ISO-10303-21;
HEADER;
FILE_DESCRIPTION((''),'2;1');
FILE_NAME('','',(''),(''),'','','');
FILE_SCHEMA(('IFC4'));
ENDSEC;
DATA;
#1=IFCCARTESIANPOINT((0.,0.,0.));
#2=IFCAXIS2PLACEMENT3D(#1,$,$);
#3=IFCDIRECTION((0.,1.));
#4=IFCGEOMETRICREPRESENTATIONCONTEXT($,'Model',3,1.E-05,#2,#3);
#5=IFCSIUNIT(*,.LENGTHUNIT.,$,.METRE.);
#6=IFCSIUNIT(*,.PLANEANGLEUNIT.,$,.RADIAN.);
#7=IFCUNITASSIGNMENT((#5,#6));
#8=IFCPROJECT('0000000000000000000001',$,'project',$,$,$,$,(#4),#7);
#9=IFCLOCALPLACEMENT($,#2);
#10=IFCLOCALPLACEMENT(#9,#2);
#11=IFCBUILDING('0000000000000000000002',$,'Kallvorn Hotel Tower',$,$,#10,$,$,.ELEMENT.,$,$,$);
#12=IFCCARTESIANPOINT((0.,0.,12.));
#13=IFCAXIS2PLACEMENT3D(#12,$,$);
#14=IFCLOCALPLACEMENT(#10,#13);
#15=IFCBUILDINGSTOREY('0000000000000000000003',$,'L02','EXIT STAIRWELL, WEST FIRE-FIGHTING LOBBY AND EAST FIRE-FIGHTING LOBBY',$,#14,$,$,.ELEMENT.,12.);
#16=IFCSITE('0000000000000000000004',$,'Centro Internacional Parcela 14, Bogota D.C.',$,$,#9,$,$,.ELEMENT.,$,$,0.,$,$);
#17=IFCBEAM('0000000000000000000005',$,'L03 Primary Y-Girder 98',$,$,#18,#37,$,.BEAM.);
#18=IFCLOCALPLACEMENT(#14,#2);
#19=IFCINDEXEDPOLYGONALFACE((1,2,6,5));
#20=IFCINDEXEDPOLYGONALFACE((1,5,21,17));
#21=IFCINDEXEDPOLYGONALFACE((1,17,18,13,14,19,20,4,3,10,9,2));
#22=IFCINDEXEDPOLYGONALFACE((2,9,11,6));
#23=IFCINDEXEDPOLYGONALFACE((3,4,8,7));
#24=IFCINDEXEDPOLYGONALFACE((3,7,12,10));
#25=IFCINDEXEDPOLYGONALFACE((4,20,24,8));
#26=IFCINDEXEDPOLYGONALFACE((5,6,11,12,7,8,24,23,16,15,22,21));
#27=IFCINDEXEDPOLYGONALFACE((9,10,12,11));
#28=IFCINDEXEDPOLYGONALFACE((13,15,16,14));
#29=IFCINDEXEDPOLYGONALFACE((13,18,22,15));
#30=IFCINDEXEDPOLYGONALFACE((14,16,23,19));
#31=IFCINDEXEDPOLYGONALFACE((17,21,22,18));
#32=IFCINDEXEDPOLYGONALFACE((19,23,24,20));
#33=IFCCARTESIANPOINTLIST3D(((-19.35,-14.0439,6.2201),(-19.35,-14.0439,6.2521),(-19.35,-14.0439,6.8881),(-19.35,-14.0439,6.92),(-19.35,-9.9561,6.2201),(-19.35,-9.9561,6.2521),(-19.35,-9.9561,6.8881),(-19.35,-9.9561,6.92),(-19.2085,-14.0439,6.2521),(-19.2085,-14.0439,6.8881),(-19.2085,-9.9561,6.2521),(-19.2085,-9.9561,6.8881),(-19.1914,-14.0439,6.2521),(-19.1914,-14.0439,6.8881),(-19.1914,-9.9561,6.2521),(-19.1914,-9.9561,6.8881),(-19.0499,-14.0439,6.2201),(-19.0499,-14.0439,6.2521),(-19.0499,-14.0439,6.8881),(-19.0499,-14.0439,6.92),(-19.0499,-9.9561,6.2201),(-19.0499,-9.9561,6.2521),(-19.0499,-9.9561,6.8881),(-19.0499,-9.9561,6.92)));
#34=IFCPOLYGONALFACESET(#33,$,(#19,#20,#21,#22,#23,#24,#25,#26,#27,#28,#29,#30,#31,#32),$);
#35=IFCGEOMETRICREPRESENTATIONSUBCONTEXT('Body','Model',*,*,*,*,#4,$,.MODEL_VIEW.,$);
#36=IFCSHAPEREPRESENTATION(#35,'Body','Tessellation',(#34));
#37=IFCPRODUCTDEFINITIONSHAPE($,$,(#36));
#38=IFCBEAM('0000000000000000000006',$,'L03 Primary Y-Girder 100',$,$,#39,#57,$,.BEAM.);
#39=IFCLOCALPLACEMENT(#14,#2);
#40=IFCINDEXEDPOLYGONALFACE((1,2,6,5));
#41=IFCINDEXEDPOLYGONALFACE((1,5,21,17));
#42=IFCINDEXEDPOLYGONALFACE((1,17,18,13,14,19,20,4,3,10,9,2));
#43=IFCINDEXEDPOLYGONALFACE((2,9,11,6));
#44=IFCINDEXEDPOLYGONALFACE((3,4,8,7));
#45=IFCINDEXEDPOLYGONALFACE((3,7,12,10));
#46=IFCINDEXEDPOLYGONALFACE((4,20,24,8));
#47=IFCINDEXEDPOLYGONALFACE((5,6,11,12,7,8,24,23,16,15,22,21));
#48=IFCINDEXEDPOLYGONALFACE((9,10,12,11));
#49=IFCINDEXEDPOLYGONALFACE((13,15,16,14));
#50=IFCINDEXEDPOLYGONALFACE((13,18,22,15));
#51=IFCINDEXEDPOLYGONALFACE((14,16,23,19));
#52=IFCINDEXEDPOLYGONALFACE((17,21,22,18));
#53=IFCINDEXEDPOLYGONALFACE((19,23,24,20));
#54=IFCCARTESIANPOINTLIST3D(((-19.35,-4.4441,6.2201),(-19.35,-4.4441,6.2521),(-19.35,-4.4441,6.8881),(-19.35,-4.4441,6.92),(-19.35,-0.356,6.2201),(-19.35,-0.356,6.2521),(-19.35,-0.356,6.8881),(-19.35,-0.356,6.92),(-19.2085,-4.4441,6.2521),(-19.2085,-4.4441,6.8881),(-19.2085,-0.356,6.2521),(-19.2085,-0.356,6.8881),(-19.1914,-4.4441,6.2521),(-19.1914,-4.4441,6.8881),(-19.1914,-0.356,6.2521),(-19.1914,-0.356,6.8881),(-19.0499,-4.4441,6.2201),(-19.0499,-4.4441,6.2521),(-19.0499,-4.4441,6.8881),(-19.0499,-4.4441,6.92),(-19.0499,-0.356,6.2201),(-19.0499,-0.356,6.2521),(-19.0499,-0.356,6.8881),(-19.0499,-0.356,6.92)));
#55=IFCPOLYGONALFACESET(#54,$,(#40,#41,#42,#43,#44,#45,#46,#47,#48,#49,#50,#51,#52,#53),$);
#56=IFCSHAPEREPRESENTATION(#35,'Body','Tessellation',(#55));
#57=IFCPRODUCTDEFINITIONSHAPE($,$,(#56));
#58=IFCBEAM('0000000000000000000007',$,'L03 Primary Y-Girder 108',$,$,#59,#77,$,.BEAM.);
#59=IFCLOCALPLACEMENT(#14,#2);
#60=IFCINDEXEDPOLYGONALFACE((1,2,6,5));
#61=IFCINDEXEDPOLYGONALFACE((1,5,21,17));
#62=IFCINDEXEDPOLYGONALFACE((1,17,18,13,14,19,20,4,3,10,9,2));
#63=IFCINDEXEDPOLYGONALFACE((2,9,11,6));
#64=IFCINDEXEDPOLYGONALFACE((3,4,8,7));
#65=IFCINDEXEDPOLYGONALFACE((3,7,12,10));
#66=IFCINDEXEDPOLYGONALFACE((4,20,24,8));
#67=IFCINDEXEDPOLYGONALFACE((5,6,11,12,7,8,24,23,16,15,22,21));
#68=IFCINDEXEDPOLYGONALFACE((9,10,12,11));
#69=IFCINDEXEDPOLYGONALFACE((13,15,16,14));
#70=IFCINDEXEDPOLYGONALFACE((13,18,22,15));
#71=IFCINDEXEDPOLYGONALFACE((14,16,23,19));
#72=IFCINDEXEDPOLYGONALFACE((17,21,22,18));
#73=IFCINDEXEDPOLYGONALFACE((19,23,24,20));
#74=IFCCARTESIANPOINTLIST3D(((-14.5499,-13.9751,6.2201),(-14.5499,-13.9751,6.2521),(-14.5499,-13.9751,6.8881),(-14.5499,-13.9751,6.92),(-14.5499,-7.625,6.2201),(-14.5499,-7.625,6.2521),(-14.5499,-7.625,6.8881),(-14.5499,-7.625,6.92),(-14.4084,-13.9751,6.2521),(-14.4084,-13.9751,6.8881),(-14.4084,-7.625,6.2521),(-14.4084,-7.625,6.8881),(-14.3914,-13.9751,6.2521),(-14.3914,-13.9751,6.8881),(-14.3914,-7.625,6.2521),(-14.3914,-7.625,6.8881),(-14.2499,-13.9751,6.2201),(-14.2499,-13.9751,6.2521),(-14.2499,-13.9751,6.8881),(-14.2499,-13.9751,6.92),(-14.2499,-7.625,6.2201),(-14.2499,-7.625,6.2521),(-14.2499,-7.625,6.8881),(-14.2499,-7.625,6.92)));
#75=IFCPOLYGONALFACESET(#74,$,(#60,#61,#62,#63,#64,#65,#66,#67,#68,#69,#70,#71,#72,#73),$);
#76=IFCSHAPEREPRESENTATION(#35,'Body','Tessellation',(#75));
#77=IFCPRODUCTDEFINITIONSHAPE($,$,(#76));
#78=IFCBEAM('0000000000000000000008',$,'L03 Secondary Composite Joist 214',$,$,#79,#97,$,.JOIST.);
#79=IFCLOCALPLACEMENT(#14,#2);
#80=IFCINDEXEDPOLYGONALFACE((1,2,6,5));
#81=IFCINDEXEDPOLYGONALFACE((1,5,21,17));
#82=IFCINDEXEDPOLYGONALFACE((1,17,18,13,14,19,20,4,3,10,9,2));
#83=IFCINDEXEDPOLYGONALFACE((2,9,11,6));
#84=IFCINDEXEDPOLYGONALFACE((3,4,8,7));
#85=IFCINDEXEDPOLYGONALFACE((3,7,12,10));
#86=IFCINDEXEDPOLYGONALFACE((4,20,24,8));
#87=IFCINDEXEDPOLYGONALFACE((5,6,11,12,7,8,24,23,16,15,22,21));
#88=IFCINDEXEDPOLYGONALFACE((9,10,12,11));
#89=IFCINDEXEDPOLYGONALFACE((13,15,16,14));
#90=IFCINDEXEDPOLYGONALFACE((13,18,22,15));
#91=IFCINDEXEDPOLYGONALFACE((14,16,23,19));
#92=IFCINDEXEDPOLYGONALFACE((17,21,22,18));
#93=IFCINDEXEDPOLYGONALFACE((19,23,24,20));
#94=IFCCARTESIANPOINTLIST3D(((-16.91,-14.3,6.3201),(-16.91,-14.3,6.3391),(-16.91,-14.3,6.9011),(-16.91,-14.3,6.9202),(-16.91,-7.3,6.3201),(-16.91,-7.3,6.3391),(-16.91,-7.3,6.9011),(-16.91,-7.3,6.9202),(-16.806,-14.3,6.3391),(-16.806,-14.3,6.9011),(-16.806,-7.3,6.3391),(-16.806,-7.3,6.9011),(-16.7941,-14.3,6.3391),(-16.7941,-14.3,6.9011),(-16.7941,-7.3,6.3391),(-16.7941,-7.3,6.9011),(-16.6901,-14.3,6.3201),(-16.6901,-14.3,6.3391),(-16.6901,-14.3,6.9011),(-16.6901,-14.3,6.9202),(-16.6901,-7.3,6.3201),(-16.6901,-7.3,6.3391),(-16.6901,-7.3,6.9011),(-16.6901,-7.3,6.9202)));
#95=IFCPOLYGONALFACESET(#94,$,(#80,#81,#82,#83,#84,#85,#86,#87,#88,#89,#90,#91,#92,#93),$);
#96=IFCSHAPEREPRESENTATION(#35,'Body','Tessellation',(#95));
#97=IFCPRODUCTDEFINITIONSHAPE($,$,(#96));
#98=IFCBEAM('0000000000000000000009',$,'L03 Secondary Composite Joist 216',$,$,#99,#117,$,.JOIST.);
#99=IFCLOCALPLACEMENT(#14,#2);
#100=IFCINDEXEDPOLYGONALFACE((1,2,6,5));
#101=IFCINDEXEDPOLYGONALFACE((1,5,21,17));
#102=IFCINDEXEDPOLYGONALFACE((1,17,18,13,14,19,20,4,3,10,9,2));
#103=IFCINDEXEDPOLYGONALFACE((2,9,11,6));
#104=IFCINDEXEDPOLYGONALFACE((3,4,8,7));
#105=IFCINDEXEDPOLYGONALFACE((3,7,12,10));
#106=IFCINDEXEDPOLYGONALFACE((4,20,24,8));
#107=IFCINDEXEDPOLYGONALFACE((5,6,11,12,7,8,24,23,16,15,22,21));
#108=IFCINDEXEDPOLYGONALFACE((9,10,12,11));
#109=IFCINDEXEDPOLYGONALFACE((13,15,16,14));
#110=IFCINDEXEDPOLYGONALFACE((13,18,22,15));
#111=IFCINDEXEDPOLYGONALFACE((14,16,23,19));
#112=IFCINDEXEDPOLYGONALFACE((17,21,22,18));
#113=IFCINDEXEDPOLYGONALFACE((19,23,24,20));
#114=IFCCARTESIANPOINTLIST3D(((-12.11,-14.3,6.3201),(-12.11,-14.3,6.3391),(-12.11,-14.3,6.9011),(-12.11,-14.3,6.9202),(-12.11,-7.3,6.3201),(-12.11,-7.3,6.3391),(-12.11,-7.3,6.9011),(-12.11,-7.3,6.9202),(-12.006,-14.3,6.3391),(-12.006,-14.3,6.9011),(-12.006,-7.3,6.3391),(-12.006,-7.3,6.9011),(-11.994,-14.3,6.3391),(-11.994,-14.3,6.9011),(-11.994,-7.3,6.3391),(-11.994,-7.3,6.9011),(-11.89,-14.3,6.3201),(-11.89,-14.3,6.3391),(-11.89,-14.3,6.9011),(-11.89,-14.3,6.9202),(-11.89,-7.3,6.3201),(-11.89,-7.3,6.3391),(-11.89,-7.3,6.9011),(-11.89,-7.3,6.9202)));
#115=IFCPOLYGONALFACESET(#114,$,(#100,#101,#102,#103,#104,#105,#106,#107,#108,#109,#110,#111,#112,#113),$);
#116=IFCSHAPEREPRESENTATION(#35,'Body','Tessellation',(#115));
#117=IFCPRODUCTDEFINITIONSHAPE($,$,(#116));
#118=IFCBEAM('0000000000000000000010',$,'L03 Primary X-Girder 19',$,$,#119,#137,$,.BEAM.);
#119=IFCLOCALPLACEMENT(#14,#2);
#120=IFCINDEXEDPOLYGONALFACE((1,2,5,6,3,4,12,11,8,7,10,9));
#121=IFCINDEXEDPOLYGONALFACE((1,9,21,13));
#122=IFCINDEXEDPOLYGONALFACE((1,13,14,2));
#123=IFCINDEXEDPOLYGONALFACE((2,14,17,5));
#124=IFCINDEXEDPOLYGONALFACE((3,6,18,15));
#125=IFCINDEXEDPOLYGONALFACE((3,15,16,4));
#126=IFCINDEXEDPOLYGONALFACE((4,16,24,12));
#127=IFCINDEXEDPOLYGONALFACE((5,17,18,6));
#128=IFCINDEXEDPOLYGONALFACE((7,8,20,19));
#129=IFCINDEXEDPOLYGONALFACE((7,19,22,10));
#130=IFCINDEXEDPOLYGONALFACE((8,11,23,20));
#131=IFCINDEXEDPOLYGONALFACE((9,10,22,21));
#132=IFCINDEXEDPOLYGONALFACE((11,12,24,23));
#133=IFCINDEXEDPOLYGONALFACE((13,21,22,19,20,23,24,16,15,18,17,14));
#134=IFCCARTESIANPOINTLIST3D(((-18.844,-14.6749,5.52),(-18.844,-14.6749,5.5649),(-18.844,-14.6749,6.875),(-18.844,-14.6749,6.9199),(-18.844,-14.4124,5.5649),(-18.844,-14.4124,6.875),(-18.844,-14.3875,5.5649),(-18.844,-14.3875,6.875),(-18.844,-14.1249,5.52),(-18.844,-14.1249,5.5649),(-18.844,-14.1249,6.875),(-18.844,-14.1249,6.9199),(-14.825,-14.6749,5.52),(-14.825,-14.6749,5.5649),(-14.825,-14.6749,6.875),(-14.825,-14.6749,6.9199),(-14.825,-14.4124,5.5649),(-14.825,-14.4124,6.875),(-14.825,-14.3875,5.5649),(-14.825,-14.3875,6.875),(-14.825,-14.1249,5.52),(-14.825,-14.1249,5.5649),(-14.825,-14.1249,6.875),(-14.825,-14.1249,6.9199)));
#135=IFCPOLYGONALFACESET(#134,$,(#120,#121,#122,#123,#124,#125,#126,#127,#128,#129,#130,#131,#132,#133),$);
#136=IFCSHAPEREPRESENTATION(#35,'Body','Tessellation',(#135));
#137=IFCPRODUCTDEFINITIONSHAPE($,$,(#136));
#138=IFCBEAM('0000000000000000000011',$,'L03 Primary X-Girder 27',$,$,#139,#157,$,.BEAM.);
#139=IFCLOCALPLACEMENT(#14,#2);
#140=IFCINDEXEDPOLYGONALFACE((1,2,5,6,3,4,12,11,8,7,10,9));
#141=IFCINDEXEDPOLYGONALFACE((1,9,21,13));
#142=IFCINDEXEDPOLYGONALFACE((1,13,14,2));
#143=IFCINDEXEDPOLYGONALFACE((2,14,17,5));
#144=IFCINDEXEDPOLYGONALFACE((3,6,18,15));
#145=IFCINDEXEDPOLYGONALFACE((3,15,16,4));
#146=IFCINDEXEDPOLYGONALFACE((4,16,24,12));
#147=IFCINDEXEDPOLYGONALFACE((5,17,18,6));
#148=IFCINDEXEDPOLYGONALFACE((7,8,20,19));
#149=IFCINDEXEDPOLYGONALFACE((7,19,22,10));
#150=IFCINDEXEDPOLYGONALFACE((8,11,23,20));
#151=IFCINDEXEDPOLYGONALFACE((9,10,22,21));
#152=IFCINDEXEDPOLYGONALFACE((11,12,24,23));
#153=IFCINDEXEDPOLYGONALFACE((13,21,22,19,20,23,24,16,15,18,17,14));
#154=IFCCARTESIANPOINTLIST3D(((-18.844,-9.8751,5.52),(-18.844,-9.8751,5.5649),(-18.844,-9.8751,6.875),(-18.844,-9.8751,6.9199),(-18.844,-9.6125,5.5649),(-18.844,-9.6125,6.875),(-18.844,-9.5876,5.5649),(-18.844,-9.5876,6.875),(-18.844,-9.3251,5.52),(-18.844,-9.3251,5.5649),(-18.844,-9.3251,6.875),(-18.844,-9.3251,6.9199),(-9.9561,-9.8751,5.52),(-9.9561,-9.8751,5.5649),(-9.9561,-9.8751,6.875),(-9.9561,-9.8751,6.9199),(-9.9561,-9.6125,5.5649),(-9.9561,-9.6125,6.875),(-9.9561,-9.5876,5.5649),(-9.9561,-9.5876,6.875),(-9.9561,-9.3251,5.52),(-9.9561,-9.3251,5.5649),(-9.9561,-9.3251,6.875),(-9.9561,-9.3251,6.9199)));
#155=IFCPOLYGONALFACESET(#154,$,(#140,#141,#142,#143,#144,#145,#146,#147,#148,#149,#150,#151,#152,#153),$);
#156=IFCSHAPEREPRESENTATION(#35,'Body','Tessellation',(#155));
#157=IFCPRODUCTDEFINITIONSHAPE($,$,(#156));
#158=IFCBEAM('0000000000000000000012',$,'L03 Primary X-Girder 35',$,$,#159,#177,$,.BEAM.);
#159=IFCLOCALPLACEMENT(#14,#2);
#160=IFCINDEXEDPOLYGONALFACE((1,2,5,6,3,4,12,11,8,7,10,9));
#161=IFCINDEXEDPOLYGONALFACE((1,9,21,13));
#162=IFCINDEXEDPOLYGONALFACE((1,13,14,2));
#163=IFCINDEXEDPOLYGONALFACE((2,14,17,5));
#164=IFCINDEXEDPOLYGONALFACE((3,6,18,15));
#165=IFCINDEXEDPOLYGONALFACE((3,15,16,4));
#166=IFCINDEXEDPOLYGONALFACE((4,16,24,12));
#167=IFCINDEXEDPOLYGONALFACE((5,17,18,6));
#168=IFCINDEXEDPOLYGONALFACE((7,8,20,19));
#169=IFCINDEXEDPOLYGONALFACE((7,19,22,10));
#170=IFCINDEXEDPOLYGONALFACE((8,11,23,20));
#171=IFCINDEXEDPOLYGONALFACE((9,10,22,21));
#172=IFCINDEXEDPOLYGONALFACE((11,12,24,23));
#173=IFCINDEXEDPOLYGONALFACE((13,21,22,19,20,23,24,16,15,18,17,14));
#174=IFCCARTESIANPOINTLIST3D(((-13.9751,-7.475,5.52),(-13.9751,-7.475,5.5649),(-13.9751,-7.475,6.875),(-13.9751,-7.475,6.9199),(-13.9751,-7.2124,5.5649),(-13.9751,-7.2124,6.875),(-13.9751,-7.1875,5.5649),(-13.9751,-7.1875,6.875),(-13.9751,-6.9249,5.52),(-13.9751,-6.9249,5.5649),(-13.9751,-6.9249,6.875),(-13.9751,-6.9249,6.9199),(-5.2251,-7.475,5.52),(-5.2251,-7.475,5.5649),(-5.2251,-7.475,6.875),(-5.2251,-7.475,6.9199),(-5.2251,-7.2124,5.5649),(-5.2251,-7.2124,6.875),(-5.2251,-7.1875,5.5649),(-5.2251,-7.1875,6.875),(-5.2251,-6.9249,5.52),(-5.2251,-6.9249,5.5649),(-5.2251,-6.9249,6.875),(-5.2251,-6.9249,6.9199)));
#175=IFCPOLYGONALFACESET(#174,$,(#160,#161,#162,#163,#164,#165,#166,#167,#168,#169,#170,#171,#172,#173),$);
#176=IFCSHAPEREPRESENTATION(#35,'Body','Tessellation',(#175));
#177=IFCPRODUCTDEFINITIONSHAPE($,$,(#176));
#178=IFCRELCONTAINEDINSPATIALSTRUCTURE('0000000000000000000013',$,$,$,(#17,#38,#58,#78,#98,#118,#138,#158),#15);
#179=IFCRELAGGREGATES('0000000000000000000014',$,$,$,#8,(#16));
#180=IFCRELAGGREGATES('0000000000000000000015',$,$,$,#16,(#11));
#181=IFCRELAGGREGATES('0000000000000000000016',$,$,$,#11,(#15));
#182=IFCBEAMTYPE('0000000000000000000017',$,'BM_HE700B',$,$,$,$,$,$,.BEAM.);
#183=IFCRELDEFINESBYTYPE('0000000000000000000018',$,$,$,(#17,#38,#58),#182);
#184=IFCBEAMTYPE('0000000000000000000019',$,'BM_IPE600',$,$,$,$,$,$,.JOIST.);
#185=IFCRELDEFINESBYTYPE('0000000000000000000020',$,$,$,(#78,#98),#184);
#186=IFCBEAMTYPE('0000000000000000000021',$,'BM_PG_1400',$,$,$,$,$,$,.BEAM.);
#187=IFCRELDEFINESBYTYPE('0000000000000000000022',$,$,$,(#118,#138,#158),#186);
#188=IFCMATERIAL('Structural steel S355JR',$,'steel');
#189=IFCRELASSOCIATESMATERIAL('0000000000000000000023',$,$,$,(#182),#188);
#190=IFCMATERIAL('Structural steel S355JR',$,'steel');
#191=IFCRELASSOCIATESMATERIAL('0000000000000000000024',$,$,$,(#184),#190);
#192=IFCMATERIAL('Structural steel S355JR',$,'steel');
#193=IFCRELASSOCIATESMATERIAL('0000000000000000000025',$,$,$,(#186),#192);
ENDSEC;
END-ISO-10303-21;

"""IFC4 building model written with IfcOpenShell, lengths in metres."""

from ifc_helpers import new_model, si_unit, direction, frame, origin, origin_2d, place, context, subcontext, project, spatial, i_section, extrude, material, material_profile, profile_set, type_object, element, save


model = new_model("IFC4")

# Units and contexts
model_context = context("Model", 3, precision=1e-05, world=origin(), true_north=direction((0.0, 1.0)))
body_context = subcontext(model_context, "Body", "Model", "MODEL_VIEW")
ifc_project = project(units=[si_unit("LENGTHUNIT", "METRE"), si_unit("PLANEANGLEUNIT", "RADIAN")], contexts=[model_context])

# Site, building, storey
site_placement = place(None, origin())
site = spatial("IfcSite", under=ifc_project, at=site_placement, Name="Centro Internacional Parcela 14, Bogota D.C.", CompositionType="ELEMENT", RefElevation=0.0)
building_placement = place(site_placement, origin())
building = spatial("IfcBuilding", under=site, at=building_placement, Name="Kallvorn Hotel Tower", CompositionType="ELEMENT")
storey_placement = place(building_placement, frame((0.0, 0.0, 12.0)))
storey = spatial("IfcBuildingStorey", under=building, at=storey_placement, Name="L02", Description="EXIT STAIRWELL, WEST FIRE-FIGHTING LOBBY AND EAST FIRE-FIGHTING LOBBY", CompositionType="ELEMENT", Elevation=12.0)

# Beams
ifc_material_1 = material(Name="Structural steel S355JR", Category="steel")
ifc_material_profile_1 = material_profile(ifc_material_1, i_section(OverallWidth=0.3, OverallDepth=0.7, WebThickness=0.0171, FlangeThickness=0.032, at=origin_2d()), Name="HE 700 B")
ifc_profile_set_1 = profile_set([ifc_material_profile_1], Name="Structural steel S355JR")
beam_type_1 = type_object("IfcBeamType", Name="BM_HE700B", PredefinedType="BEAM", material=ifc_profile_set_1)
beam_1_placement = place(storey_placement, frame((-19.2, -14.0439, 6.5701), z_axis=(0.0, 1.0, 0.0), x_axis=(-1.0, 0.0, 0.0)))
element("IfcBeam", 1, at=beam_1_placement, inside=storey, type_object=beam_type_1, Name="L03 Primary Y-Girder 98", PredefinedType="BEAM", context=body_context, shape_type="SweptSolid", body=[
    extrude(i_section(OverallWidth=0.3, OverallDepth=0.7, WebThickness=0.0171, FlangeThickness=0.032, at=origin_2d()), origin(), (0.0, 0.0, 1.0), 4.0879),
])
beam_2_placement = place(storey_placement, frame((-19.2, -4.4441, 6.5701), z_axis=(0.0, 1.0, 0.0), x_axis=(-1.0, 0.0, 0.0)))
element("IfcBeam", 2, at=beam_2_placement, inside=storey, type_object=beam_type_1, Name="L03 Primary Y-Girder 100", PredefinedType="BEAM", context=body_context, shape_type="SweptSolid", body=[
    extrude(i_section(OverallWidth=0.3, OverallDepth=0.7, WebThickness=0.0171, FlangeThickness=0.032, at=origin_2d()), origin(), (0.0, 0.0, 1.0), 4.0881),
])
beam_3_placement = place(storey_placement, frame((-14.3999, -13.9751, 6.5701), z_axis=(0.0, 1.0, 0.0), x_axis=(-1.0, 0.0, 0.0)))
element("IfcBeam", 3, at=beam_3_placement, inside=storey, type_object=beam_type_1, Name="L03 Primary Y-Girder 108", PredefinedType="BEAM", context=body_context, shape_type="SweptSolid", body=[
    extrude(i_section(OverallWidth=0.3, OverallDepth=0.7, WebThickness=0.0171, FlangeThickness=0.032, at=origin_2d()), origin(), (0.0, 0.0, 1.0), 6.3501),
])
ifc_material_2 = material(Name="Structural steel S355JR", Category="steel")
ifc_material_profile_2 = material_profile(ifc_material_2, i_section(OverallWidth=0.22, OverallDepth=0.6001, WebThickness=0.012, FlangeThickness=0.019, at=origin_2d()), Name="IPE 600")
ifc_profile_set_2 = profile_set([ifc_material_profile_2], Name="Structural steel S355JR")
beam_type_2 = type_object("IfcBeamType", Name="BM_IPE600", PredefinedType="JOIST", material=ifc_profile_set_2)
for number, where, z_axis, x_axis, name in (
    (4, (-16.8, -14.3, 6.6201), (0.0, 1.0, 0.0), (-1.0, 0.0, 0.0), "L03 Secondary Composite Joist 214"),
    (5, (-12.0, -14.3, 6.6201), (0.0, 1.0, 0.0), (-1.0, 0.0, 0.0), "L03 Secondary Composite Joist 216"),
):
    element("IfcBeam", number, at=place(storey_placement, frame(where, z_axis=z_axis, x_axis=x_axis)), inside=storey, type_object=beam_type_2, Name=name, PredefinedType="JOIST", context=body_context, shape_type="SweptSolid", body=[
        extrude(i_section(OverallWidth=0.22, OverallDepth=0.6001, WebThickness=0.012, FlangeThickness=0.019, at=origin_2d()), origin(), (0.0, 0.0, 1.0), 7.0),
    ])
ifc_material_3 = material(Name="Structural steel S355JR", Category="steel")
ifc_material_profile_3 = material_profile(ifc_material_3, i_section(OverallWidth=0.55, OverallDepth=1.3999, WebThickness=0.0249, FlangeThickness=0.0449, at=origin_2d()), Name="PG 1400x550x25x45")
ifc_profile_set_3 = profile_set([ifc_material_profile_3], Name="Structural steel S355JR")
beam_type_3 = type_object("IfcBeamType", Name="BM_PG_1400", PredefinedType="BEAM", material=ifc_profile_set_3)
beam_4_placement = place(storey_placement, frame((-18.844, -14.3999, 6.22), z_axis=(1.0, 0.0, 0.0), x_axis=(0.0, 1.0, 0.0)))
element("IfcBeam", 6, at=beam_4_placement, inside=storey, type_object=beam_type_3, Name="L03 Primary X-Girder 19", PredefinedType="BEAM", context=body_context, shape_type="SweptSolid", body=[
    extrude(i_section(OverallWidth=0.55, OverallDepth=1.3999, WebThickness=0.0249, FlangeThickness=0.0449, at=origin_2d()), origin(), (0.0, 0.0, 1.0), 4.019),
])
beam_5_placement = place(storey_placement, frame((-18.844, -9.6001, 6.22), z_axis=(1.0, 0.0, 0.0), x_axis=(0.0, 1.0, 0.0)))
element("IfcBeam", 7, at=beam_5_placement, inside=storey, type_object=beam_type_3, Name="L03 Primary X-Girder 27", PredefinedType="BEAM", context=body_context, shape_type="SweptSolid", body=[
    extrude(i_section(OverallWidth=0.55, OverallDepth=1.3999, WebThickness=0.0249, FlangeThickness=0.0449, at=origin_2d()), origin(), (0.0, 0.0, 1.0), 8.8879),
])
beam_6_placement = place(storey_placement, frame((-13.9751, -7.2, 6.22), z_axis=(1.0, 0.0, 0.0), x_axis=(0.0, 1.0, 0.0)))
element("IfcBeam", 8, at=beam_6_placement, inside=storey, type_object=beam_type_3, Name="L03 Primary X-Girder 35", PredefinedType="BEAM", context=body_context, shape_type="SweptSolid", body=[
    extrude(i_section(OverallWidth=0.55, OverallDepth=1.3999, WebThickness=0.0249, FlangeThickness=0.0449, at=origin_2d()), origin(), (0.0, 0.0, 1.0), 8.75),
])

save(model, "model.ifc")
